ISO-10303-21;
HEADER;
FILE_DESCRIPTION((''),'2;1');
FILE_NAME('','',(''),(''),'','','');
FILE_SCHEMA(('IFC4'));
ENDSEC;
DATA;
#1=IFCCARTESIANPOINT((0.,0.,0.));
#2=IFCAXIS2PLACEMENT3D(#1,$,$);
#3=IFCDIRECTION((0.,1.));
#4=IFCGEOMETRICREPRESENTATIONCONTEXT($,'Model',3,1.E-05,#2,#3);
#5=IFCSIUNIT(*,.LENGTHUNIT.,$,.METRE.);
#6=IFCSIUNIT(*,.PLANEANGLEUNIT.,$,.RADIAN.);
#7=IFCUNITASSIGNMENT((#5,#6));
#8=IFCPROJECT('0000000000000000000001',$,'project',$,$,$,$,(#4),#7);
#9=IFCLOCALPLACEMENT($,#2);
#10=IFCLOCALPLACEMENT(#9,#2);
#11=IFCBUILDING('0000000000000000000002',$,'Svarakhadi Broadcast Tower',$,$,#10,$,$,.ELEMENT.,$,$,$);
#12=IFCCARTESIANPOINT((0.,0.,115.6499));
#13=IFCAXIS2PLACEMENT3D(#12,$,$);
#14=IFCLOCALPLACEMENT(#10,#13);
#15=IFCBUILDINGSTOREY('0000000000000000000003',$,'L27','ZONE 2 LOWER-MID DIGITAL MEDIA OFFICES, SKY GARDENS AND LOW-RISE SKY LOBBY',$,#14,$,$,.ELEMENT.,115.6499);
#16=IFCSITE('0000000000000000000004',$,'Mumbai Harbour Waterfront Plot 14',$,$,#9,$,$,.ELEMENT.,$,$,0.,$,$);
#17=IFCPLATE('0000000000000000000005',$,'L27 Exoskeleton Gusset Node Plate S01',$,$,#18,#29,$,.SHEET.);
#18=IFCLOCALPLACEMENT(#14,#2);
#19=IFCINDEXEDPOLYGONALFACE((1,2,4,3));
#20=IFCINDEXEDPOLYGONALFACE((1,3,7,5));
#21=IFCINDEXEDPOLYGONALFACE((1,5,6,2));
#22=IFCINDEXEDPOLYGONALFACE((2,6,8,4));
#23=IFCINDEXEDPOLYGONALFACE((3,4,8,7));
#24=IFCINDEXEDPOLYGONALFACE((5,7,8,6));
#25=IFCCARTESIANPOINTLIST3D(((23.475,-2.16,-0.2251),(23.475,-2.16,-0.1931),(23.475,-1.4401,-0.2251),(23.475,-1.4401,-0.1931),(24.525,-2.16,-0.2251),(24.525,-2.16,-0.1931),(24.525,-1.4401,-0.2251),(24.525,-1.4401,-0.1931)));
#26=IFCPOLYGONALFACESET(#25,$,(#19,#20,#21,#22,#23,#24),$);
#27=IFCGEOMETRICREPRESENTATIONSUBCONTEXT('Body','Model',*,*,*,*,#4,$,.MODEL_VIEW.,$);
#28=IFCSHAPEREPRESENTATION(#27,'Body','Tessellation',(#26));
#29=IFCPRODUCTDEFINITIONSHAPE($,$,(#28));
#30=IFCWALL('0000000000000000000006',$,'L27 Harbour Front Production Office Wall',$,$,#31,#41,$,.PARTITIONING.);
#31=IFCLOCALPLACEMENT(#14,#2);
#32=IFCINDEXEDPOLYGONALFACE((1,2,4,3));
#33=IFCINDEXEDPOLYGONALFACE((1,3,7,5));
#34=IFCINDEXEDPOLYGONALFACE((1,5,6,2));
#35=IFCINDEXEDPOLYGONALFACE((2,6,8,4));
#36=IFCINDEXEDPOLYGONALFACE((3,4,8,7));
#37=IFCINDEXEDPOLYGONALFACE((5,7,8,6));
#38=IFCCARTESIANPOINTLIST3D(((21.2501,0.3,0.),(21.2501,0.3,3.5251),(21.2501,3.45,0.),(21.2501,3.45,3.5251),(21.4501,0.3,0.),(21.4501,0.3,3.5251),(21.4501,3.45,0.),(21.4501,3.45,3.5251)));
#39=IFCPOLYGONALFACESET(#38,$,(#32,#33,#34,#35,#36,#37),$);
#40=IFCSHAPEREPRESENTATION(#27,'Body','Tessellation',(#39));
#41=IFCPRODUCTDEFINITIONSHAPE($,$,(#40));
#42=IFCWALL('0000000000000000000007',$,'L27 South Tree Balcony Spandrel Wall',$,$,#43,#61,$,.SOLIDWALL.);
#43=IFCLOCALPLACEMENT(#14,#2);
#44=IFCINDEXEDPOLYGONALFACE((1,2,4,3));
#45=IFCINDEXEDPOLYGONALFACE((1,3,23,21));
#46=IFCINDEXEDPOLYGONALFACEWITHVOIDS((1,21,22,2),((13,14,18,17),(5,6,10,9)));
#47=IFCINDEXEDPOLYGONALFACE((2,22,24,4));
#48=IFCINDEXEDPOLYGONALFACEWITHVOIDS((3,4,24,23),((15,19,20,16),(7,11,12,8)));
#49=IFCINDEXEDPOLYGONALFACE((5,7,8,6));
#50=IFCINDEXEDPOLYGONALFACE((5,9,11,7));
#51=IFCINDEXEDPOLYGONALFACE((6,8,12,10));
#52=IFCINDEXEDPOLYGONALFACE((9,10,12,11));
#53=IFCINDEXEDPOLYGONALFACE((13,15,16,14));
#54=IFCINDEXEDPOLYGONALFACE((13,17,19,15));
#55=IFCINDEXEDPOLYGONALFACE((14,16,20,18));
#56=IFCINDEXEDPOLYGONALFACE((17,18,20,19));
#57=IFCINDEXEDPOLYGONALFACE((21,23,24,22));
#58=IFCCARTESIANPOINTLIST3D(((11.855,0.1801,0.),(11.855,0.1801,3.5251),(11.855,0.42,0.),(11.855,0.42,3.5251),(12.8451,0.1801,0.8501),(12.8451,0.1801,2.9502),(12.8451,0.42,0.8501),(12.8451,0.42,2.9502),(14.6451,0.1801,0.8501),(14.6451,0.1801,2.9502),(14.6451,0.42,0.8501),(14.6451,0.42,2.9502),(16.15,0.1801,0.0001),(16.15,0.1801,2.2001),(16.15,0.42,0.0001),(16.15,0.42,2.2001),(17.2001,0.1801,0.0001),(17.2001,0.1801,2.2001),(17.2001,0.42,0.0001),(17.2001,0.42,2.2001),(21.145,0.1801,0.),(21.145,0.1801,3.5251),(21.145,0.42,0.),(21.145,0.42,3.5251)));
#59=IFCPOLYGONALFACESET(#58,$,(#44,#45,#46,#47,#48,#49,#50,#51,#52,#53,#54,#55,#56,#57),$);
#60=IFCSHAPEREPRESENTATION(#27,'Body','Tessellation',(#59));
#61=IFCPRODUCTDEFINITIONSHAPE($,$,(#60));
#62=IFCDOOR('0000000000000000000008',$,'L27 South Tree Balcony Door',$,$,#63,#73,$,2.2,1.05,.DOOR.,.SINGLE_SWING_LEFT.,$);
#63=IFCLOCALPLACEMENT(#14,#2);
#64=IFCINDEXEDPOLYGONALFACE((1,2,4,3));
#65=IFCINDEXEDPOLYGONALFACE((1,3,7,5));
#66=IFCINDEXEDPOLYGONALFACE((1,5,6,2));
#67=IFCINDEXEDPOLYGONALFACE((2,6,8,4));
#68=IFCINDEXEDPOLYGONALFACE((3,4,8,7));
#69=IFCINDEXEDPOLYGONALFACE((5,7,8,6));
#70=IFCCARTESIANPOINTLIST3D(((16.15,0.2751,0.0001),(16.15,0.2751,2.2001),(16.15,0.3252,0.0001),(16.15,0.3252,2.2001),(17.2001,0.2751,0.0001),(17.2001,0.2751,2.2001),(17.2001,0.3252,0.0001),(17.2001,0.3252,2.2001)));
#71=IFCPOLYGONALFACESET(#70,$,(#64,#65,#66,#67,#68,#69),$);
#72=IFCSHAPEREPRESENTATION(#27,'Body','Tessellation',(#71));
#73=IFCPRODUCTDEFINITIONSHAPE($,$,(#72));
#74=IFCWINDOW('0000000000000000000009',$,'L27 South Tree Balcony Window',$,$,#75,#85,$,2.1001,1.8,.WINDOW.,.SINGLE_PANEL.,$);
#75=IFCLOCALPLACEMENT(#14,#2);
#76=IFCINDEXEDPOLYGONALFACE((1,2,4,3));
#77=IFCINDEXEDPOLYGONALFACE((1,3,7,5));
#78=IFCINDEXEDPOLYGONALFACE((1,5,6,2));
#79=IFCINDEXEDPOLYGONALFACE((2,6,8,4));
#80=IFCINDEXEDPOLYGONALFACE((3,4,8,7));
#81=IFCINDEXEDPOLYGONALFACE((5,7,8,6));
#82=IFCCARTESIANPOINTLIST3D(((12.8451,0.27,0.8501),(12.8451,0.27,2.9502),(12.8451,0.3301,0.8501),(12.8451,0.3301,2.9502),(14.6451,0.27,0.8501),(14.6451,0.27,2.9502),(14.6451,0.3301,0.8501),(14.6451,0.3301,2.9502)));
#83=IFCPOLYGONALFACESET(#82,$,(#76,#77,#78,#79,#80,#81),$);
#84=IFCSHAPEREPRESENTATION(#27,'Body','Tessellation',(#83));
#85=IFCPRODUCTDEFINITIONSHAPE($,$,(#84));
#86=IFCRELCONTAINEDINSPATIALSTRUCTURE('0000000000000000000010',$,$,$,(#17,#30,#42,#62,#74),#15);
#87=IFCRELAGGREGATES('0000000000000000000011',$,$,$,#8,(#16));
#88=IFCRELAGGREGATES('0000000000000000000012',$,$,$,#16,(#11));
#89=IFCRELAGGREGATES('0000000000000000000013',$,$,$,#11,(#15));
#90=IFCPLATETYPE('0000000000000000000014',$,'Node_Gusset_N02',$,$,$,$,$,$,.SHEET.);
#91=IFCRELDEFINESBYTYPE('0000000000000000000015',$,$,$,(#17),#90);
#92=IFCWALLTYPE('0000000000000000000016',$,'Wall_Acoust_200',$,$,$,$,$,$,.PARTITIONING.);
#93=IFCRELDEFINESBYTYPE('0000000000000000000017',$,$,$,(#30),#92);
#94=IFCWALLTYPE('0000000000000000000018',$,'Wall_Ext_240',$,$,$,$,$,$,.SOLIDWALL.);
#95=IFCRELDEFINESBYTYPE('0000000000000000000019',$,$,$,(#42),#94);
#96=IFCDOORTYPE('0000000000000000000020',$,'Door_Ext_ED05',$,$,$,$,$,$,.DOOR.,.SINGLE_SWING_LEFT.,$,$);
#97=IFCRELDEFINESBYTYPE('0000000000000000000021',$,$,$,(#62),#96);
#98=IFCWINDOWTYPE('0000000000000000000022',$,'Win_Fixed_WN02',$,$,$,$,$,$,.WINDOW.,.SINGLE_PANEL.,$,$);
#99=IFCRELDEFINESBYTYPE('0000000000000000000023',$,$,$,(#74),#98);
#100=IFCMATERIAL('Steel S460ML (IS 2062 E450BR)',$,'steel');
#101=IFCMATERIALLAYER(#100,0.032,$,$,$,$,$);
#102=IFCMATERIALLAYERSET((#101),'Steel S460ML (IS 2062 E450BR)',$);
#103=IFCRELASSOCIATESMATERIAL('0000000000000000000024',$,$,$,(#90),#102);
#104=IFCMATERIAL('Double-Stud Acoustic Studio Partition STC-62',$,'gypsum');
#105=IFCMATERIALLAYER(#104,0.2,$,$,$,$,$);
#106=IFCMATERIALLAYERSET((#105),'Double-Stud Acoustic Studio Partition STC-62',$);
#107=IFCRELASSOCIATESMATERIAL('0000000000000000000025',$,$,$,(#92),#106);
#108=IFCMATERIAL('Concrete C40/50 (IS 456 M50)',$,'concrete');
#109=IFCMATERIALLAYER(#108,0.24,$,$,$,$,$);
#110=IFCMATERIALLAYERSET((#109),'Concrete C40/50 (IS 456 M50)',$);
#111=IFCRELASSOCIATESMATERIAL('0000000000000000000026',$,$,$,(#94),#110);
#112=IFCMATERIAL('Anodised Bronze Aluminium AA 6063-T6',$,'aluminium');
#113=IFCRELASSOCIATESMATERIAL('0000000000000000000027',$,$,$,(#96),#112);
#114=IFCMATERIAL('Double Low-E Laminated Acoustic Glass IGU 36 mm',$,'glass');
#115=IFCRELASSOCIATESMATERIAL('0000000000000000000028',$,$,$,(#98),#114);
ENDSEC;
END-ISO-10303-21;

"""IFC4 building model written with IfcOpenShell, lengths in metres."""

from ifc_helpers import new_model, si_unit, direction, frame, frame_2d, origin, origin_2d, place, context, subcontext, project, spatial, rectangle, extrude, material, layer, layer_set, type_object, element, fill, save


model = new_model("IFC4")

# Units and contexts
model_context = context("Model", 3, precision=1e-05, world=origin(), true_north=direction((0.0, 1.0)))
body_context = subcontext(model_context, "Body", "Model", "MODEL_VIEW")
ifc_project = project(units=[si_unit("LENGTHUNIT", "METRE"), si_unit("PLANEANGLEUNIT", "RADIAN")], contexts=[model_context])

# Site, building, storey
site_placement = place(None, origin())
site = spatial("IfcSite", under=ifc_project, at=site_placement, Name="Mumbai Harbour Waterfront Plot 14", CompositionType="ELEMENT", RefElevation=0.0)
building_placement = place(site_placement, origin())
building = spatial("IfcBuilding", under=site, at=building_placement, Name="Svarakhadi Broadcast Tower", CompositionType="ELEMENT")
storey_placement = place(building_placement, frame((0.0, 0.0, 115.6499)))
storey = spatial("IfcBuildingStorey", under=building, at=storey_placement, Name="L27", Description="ZONE 2 LOWER-MID DIGITAL MEDIA OFFICES, SKY GARDENS AND LOW-RISE SKY LOBBY", CompositionType="ELEMENT", Elevation=115.6499)

# Shared definitions
ifc_material_1 = material(Name="Anodised Bronze Aluminium AA 6063-T6", Category="aluminium")

# Shared definitions
ifc_material_2 = material(Name="Steel S460ML (IS 2062 E450BR)", Category="steel")

# Shared definitions
ifc_material_3 = material(Name="Double Low-E Laminated Acoustic Glass IGU 36 mm", Category="glass")

# Plate
ifc_layer_1 = layer(ifc_material_2, 0.032)
ifc_layer_set_1 = layer_set([ifc_layer_1], Name="Steel S460ML (IS 2062 E450BR)")
plate_type_1 = type_object("IfcPlateType", Name="Node_Gusset_N02", PredefinedType="SHEET", material=ifc_layer_set_1)
plate_1_placement = place(storey_placement, frame((24.0, -1.8, -0.2251), z_axis=(0.0, 0.0, 1.0), x_axis=(1.0, 0.0, 0.0)))
element("IfcPlate", 1, at=plate_1_placement, inside=storey, type_object=plate_type_1, Name="L27 Exoskeleton Gusset Node Plate S01", PredefinedType="SHEET", context=body_context, shape_type="SweptSolid", body=[
    extrude(rectangle(XDim=1.05, YDim=0.72, at=origin_2d()), origin(), (0.0, 0.0, 1.0), 0.032),
])

# Wall
ifc_material_4 = material(Name="Double-Stud Acoustic Studio Partition STC-62", Category="gypsum")
ifc_layer_2 = layer(ifc_material_4, 0.2)
ifc_layer_set_2 = layer_set([ifc_layer_2], Name="Double-Stud Acoustic Studio Partition STC-62")
wall_type_1 = type_object("IfcWallType", Name="Wall_Acoust_200", PredefinedType="PARTITIONING", material=ifc_layer_set_2)
wall_1_placement = place(storey_placement, frame((21.3501, 0.3, 0.0), z_axis=(0.0, 0.0, 1.0), x_axis=(0.0, 1.0, 0.0)))
element("IfcWall", 2, at=wall_1_placement, inside=storey, type_object=wall_type_1, Name="L27 Harbour Front Production Office Wall", PredefinedType="PARTITIONING", context=body_context, shape_type="SweptSolid", body=[
    extrude(rectangle(XDim=3.1499, YDim=0.2, at=frame_2d((1.575, 0.0))), origin(), (0.0, 0.0, 1.0), 3.5251),
])

# Wall, openings, door, window
ifc_material_5 = material(Name="Concrete C40/50 (IS 456 M50)", Category="concrete")
ifc_layer_3 = layer(ifc_material_5, 0.24)
ifc_layer_set_3 = layer_set([ifc_layer_3], Name="Concrete C40/50 (IS 456 M50)")
wall_type_2 = type_object("IfcWallType", Name="Wall_Ext_240", PredefinedType="SOLIDWALL", material=ifc_layer_set_3)
wall_2_placement = place(storey_placement, frame((21.145, 0.3, 0.0), z_axis=(0.0, 0.0, 1.0), x_axis=(-1.0, 0.0, 0.0)))
wall_2 = element("IfcWall", 3, at=wall_2_placement, inside=storey, type_object=wall_type_2, Name="L27 South Tree Balcony Spandrel Wall", PredefinedType="SOLIDWALL", context=body_context, shape_type="SweptSolid", body=[
    extrude(rectangle(XDim=9.29, YDim=0.24, at=frame_2d((4.645, 0.0))), origin(), (0.0, 0.0, 1.0), 3.5251),
])
opening_1_placement = place(wall_2_placement, frame((3.9451, 0.0, 0.0)))
opening_1 = element("IfcOpeningElement", 4, at=opening_1_placement, cuts=wall_2, PredefinedType="OPENING", context=body_context, shape_type="SweptSolid", body=[
    extrude(rectangle(XDim=1.05, YDim=2.2, at=frame_2d((0.5249, 1.1001))), frame((0.0, 0.1299, 0.0), z_axis=(0.0, -1.0, 0.0), x_axis=(1.0, 0.0, 0.0)), (0.0, 0.0, 1.0), 0.26),
])
opening_2_placement = place(wall_2_placement, frame((6.5, 0.0, 0.8501)))
opening_2 = element("IfcOpeningElement", 5, at=opening_2_placement, cuts=wall_2, PredefinedType="OPENING", context=body_context, shape_type="SweptSolid", body=[
    extrude(rectangle(XDim=1.8, YDim=2.1001, at=frame_2d((0.8999, 1.05))), frame((0.0, 0.1299, 0.0), z_axis=(0.0, -1.0, 0.0), x_axis=(1.0, 0.0, 0.0)), (0.0, 0.0, 1.0), 0.26),
])
door_type = type_object("IfcDoorType", Name="Door_Ext_ED05", OperationType="SINGLE_SWING_LEFT", PredefinedType="DOOR", material=ifc_material_1)
door_placement = place(opening_1_placement, origin())
door = element("IfcDoor", 6, at=door_placement, inside=storey, type_object=door_type, Name="L27 South Tree Balcony Door", OperationType="SINGLE_SWING_LEFT", OverallHeight=2.2, OverallWidth=1.05, PredefinedType="DOOR", context=body_context, shape_type="SweptSolid", body=[
    extrude(rectangle(XDim=1.05, YDim=2.2, at=frame_2d((0.5249, 1.1001))), frame((0.0, 0.0249, 0.0), z_axis=(0.0, -1.0, 0.0), x_axis=(1.0, 0.0, 0.0)), (0.0, 0.0, 1.0), 0.05),
])
fill(opening_1, door)
window_type = type_object("IfcWindowType", Name="Win_Fixed_WN02", PartitioningType="SINGLE_PANEL", PredefinedType="WINDOW", material=ifc_material_3)
window_placement = place(opening_2_placement, origin())
window = element("IfcWindow", 7, at=window_placement, inside=storey, type_object=window_type, Name="L27 South Tree Balcony Window", OverallHeight=2.1001, OverallWidth=1.8, PartitioningType="SINGLE_PANEL", PredefinedType="WINDOW", context=body_context, shape_type="SweptSolid", body=[
    extrude(rectangle(XDim=1.8, YDim=2.1001, at=frame_2d((0.8999, 1.05))), frame((0.0, 0.03, 0.0), z_axis=(0.0, -1.0, 0.0), x_axis=(1.0, 0.0, 0.0)), (0.0, 0.0, 1.0), 0.0601),
])
fill(opening_2, window)

save(model, "model.ifc")
